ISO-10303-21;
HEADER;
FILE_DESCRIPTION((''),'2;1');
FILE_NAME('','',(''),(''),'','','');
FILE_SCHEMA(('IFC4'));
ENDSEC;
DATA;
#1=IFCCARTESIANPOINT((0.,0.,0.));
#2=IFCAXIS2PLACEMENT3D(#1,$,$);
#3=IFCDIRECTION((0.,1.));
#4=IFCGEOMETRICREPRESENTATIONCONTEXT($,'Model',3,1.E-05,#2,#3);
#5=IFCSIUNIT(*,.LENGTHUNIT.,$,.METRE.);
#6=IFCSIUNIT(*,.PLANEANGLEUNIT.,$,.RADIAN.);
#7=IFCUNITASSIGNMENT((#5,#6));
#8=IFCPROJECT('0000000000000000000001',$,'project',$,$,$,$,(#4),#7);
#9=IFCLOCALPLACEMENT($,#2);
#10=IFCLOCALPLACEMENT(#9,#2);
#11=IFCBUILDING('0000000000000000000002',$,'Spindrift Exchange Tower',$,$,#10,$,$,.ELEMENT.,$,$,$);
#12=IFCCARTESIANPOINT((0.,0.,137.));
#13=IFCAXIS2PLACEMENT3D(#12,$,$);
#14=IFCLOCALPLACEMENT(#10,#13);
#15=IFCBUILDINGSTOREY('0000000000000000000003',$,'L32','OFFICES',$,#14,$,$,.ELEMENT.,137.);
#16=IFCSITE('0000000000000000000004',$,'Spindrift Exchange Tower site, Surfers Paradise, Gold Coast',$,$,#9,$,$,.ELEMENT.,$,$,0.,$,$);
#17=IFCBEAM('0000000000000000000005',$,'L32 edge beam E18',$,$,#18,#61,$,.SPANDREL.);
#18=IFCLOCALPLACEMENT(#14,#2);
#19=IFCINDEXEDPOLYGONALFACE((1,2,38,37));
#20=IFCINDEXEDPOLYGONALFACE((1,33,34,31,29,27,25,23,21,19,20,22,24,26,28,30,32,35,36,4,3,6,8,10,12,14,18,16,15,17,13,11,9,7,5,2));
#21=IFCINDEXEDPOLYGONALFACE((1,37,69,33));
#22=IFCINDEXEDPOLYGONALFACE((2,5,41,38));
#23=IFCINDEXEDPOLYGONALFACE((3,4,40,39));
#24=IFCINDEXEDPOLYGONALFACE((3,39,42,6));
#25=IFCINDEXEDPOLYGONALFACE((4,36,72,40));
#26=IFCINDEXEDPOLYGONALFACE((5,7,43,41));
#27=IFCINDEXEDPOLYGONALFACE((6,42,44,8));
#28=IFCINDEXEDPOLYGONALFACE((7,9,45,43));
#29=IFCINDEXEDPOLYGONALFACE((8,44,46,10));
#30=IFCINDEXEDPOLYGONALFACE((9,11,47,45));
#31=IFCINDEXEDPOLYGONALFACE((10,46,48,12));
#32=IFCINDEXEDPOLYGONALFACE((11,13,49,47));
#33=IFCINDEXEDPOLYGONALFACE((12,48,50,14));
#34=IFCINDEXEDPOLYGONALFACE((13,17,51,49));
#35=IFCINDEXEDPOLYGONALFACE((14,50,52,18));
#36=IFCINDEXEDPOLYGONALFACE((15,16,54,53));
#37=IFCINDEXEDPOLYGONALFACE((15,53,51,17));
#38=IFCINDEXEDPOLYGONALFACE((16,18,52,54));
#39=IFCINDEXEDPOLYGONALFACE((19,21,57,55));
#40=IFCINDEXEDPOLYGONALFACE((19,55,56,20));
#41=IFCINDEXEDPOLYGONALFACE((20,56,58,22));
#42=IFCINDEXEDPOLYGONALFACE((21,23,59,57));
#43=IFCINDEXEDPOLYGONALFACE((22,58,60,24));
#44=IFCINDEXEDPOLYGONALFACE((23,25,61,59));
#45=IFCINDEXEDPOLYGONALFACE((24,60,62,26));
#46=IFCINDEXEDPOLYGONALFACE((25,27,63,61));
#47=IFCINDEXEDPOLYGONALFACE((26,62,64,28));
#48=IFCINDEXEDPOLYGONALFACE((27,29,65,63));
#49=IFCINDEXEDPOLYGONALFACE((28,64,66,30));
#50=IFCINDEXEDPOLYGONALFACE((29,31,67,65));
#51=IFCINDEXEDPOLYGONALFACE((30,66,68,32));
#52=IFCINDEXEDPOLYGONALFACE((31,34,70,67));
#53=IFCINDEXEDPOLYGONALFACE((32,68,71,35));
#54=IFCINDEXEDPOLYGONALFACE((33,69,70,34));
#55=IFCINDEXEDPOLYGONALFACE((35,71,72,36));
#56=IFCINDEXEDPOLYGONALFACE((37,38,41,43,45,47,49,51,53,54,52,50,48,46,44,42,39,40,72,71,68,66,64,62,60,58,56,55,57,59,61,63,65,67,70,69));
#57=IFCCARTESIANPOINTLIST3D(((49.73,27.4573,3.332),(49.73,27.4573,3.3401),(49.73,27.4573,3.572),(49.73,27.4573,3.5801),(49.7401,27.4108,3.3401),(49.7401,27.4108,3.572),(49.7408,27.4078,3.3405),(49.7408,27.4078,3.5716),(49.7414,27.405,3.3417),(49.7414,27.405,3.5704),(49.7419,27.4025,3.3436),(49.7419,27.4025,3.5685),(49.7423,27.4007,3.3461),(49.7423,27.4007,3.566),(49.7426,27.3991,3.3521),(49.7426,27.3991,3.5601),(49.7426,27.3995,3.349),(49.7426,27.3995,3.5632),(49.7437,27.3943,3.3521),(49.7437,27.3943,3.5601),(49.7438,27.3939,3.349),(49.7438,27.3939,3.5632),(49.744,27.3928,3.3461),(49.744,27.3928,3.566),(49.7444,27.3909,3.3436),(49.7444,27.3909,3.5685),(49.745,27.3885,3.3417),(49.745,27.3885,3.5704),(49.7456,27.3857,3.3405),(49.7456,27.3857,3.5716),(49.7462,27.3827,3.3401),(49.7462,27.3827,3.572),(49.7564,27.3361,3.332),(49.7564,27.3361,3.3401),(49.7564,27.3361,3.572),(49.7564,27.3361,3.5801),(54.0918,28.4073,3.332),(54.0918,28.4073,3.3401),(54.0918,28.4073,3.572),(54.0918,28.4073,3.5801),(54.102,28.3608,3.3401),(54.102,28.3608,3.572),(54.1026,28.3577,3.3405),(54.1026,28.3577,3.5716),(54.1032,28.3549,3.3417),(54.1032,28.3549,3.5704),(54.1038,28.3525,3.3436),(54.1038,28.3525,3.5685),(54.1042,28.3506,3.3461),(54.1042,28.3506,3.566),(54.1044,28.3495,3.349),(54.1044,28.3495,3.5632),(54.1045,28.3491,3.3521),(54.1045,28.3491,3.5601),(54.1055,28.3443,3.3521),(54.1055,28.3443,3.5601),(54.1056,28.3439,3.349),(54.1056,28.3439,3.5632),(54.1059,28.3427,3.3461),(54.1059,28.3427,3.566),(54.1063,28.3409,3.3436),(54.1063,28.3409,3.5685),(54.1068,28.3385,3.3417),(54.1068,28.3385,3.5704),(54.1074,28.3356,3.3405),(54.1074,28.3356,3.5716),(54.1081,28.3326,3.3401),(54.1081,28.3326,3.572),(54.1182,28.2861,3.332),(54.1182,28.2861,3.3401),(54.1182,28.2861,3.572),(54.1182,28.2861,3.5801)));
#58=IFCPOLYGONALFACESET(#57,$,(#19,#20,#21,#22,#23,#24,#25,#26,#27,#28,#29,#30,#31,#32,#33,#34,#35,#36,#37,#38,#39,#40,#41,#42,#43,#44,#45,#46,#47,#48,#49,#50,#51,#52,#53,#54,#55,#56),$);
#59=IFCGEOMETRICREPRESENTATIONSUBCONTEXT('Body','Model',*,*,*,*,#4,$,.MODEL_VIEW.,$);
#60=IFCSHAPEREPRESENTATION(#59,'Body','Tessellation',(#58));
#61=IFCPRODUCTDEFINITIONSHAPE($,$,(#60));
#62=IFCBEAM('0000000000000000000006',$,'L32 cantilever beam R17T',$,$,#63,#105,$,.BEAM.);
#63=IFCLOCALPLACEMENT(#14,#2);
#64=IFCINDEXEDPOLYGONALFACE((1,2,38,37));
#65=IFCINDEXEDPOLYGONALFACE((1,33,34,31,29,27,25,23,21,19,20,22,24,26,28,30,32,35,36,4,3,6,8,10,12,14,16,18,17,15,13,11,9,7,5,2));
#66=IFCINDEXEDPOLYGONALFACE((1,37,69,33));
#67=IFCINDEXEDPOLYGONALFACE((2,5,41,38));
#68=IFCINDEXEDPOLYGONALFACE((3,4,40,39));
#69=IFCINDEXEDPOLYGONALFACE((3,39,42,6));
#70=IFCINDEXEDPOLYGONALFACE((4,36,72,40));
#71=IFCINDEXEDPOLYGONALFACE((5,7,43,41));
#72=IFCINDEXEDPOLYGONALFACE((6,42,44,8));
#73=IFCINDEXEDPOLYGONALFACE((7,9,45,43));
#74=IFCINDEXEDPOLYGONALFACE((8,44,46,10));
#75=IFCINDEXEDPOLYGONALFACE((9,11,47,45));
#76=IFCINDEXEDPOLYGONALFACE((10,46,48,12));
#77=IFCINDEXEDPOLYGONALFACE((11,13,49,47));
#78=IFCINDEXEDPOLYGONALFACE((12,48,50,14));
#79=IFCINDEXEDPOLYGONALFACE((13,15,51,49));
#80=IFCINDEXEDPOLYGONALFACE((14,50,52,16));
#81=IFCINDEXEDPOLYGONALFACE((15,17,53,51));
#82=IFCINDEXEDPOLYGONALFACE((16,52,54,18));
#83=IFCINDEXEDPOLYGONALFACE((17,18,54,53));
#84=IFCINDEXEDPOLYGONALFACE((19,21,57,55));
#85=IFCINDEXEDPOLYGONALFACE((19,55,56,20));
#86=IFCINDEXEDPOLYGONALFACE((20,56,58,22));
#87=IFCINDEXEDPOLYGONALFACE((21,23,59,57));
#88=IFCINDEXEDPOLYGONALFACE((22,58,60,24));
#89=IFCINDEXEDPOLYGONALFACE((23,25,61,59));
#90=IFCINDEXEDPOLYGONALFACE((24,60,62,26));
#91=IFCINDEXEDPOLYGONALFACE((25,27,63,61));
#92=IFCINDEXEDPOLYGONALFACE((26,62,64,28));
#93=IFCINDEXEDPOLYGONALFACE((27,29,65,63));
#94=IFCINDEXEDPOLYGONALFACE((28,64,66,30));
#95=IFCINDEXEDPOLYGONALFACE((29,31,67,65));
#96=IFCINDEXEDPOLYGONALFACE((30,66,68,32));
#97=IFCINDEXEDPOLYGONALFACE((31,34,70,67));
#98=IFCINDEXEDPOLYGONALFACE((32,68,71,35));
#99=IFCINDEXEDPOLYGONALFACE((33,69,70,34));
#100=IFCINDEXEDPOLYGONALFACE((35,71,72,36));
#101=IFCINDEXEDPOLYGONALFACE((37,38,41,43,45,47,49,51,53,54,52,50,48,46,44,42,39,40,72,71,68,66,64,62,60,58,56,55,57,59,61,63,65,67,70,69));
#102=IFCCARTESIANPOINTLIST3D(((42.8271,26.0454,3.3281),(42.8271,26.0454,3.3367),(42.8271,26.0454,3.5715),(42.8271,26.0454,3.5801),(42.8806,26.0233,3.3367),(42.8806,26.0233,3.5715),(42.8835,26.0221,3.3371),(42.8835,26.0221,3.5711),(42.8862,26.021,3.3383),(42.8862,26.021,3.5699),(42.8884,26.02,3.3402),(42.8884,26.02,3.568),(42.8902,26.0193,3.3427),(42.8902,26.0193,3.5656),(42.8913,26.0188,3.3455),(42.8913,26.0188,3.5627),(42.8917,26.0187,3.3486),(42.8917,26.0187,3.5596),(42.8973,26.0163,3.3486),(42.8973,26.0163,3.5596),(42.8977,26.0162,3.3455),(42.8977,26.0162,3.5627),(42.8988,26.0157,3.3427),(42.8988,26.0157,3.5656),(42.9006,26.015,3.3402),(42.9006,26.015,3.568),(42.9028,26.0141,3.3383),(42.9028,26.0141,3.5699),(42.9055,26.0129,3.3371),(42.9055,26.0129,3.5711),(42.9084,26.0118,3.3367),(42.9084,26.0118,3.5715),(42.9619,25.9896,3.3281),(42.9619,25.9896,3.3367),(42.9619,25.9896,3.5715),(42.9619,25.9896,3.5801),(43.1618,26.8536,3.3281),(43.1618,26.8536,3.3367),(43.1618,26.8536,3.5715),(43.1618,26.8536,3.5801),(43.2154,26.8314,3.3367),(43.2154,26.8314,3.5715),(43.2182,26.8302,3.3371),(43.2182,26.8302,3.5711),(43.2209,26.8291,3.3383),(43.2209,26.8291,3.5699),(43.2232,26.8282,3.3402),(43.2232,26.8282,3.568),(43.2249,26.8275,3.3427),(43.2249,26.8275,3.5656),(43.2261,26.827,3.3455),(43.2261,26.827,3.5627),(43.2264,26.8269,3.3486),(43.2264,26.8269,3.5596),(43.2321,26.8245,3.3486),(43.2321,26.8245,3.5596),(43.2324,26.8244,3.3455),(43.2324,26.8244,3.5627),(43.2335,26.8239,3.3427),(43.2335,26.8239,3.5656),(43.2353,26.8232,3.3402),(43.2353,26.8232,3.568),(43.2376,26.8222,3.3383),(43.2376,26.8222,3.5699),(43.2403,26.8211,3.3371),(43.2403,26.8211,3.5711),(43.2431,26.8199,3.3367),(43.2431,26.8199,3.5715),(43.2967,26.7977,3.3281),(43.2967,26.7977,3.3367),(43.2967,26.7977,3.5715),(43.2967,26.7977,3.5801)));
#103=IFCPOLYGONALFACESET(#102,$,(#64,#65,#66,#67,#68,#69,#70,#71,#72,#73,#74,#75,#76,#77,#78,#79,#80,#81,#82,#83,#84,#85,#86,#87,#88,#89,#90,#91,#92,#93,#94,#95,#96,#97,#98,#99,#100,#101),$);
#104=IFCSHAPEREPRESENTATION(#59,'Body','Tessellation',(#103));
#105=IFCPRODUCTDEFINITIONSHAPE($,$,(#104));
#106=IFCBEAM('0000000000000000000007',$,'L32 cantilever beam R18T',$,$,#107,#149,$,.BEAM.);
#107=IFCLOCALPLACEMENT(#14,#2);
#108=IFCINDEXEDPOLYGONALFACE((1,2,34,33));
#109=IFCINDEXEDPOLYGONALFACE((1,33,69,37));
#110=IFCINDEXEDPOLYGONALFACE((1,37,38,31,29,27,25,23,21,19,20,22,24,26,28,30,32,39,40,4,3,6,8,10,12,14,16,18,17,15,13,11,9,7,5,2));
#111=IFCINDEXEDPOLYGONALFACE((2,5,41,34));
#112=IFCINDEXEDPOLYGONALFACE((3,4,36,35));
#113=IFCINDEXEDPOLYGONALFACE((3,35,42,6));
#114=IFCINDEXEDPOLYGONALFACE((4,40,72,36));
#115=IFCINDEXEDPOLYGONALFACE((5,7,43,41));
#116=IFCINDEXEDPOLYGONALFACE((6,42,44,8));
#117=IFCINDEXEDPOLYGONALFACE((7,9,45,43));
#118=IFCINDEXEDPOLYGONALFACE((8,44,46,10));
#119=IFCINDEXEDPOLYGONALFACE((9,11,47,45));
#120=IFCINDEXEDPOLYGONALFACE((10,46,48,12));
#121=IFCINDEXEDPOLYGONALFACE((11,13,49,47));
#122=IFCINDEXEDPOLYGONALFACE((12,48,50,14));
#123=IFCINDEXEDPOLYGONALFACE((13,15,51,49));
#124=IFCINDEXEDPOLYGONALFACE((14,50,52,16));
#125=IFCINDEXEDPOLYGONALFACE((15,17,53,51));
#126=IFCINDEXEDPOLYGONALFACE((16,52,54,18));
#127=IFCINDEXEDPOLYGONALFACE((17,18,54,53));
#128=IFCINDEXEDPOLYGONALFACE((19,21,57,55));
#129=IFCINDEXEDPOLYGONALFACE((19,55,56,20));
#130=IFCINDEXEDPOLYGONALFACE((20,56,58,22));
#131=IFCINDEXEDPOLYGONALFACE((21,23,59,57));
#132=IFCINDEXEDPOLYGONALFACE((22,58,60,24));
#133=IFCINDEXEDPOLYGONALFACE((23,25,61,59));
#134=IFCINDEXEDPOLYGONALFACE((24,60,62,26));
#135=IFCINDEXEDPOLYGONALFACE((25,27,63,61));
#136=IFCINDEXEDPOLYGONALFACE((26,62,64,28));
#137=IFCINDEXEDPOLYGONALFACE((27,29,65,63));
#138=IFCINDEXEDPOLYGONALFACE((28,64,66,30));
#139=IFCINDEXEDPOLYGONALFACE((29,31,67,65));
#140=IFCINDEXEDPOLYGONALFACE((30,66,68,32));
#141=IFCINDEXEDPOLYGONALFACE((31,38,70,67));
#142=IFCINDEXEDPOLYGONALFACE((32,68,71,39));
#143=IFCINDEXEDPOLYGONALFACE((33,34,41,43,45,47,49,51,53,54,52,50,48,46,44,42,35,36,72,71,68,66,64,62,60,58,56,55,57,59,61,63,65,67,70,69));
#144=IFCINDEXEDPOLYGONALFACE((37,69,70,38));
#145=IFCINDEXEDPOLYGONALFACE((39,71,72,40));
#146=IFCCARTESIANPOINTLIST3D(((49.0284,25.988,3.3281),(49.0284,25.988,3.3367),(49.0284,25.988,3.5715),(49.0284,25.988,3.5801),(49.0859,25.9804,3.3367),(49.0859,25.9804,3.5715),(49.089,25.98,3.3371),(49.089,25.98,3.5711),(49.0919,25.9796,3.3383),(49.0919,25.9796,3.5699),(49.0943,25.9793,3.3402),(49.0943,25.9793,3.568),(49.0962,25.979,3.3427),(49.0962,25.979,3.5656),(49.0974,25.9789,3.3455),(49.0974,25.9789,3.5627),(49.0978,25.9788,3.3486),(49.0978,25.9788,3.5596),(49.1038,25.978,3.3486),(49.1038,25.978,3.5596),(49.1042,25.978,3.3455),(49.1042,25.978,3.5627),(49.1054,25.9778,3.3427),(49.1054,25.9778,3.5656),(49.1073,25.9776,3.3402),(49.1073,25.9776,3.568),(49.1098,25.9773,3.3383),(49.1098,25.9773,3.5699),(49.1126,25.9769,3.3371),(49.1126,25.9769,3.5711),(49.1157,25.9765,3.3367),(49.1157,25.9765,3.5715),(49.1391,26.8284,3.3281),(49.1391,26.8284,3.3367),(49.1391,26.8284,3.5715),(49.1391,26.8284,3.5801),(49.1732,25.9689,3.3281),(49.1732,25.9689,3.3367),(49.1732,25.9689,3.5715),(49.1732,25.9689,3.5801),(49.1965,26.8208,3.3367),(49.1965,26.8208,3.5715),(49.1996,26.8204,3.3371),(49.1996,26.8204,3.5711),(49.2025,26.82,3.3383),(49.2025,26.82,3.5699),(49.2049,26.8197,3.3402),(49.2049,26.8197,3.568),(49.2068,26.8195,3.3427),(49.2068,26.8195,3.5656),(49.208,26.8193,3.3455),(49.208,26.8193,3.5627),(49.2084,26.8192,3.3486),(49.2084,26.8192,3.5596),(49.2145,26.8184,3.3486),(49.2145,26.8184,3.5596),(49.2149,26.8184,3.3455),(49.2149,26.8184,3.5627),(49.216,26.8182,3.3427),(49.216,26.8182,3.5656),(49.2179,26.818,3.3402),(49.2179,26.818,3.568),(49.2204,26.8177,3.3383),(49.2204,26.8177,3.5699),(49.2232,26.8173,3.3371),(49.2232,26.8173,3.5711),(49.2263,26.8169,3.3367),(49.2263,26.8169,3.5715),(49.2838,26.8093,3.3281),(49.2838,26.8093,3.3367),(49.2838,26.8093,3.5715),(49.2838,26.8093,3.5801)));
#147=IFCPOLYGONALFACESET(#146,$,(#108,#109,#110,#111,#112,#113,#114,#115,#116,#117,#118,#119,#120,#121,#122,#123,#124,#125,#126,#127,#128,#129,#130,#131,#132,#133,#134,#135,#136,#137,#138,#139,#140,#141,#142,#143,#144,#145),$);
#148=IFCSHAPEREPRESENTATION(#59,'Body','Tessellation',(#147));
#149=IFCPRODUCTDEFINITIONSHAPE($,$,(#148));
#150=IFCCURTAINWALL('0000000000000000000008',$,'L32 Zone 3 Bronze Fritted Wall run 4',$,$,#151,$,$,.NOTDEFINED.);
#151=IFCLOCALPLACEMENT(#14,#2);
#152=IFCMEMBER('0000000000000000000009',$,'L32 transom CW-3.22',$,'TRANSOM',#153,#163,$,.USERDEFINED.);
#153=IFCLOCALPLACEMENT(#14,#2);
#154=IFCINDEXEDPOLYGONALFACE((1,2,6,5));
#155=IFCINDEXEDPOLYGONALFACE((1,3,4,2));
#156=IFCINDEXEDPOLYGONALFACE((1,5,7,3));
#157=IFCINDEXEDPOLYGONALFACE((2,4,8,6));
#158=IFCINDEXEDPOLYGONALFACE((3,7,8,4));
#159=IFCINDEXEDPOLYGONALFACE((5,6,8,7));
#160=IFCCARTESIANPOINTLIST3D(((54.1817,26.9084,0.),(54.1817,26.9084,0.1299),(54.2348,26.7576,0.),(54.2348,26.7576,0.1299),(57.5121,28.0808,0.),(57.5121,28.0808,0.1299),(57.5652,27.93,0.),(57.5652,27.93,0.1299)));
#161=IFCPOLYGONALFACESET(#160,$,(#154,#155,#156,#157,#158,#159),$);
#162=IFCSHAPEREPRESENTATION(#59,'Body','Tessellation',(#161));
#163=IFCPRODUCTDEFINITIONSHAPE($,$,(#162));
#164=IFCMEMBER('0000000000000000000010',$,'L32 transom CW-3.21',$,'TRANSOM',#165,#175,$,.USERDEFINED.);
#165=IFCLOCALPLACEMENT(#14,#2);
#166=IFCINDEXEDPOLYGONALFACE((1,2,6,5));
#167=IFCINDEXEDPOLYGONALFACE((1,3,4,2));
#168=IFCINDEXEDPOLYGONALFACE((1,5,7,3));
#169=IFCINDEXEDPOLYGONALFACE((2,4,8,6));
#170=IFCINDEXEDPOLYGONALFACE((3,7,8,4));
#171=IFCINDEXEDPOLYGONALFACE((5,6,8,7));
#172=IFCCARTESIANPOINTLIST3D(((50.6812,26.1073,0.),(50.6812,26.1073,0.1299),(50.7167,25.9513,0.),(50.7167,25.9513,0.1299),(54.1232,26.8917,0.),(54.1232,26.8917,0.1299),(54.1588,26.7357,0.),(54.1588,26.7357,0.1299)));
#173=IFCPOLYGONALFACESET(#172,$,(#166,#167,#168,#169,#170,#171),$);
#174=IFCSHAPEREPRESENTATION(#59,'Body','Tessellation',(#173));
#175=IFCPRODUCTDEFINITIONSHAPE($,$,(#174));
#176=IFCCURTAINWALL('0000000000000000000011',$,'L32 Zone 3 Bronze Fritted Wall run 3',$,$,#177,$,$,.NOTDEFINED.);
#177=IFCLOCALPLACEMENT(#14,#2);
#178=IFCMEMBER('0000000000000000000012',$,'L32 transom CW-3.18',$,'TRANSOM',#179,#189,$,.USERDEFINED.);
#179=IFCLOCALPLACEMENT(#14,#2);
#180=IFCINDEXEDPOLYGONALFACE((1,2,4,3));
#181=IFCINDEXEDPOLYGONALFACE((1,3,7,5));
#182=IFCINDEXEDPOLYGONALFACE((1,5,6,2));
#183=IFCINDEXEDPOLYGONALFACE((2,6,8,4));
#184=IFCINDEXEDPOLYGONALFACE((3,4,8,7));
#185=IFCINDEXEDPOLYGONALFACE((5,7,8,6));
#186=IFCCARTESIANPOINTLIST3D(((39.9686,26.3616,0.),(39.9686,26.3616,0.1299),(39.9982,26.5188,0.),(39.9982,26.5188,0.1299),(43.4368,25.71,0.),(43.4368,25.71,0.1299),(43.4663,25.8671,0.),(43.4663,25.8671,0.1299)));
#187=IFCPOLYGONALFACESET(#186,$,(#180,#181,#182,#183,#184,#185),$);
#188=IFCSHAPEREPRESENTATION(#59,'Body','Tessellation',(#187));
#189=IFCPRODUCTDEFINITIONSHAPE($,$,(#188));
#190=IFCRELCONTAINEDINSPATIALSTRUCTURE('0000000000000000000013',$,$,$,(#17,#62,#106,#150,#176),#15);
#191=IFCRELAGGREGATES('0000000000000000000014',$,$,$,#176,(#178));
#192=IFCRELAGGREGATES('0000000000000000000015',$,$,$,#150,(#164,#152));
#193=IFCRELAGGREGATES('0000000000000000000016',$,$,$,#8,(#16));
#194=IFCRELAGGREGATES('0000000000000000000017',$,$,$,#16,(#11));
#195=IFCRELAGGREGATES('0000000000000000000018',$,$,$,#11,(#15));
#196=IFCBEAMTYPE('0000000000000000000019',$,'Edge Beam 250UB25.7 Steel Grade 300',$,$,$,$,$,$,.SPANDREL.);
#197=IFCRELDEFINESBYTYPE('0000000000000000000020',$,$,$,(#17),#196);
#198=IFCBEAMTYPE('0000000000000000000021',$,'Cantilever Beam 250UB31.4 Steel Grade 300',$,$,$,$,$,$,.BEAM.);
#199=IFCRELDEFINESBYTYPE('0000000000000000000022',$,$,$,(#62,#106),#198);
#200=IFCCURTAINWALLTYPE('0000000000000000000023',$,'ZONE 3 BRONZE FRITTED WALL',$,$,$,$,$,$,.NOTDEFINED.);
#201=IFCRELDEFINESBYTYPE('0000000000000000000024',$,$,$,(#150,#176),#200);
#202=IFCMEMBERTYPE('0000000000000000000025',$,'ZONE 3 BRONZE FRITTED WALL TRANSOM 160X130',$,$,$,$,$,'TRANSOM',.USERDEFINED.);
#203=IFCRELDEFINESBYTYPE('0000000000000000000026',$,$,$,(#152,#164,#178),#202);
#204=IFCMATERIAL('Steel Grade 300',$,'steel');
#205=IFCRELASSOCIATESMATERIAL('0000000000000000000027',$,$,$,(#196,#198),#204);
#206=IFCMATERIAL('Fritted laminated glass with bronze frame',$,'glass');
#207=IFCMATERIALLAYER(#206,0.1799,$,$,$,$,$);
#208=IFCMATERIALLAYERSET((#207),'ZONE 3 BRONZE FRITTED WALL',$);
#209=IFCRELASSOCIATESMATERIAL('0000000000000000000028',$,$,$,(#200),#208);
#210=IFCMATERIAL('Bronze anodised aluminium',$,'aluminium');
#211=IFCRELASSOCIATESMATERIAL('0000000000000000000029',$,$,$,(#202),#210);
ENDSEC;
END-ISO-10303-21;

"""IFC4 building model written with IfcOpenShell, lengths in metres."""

from ifc_helpers import new_model, si_unit, direction, frame, origin, origin_2d, place, context, subcontext, project, spatial, rectangle, i_section, extrude, source, transform, mapped, material, layer, layer_set, material_profile, profile_set, type_object, element, aggregate, save


model = new_model("IFC4")

# Units and contexts
model_context = context("Model", 3, precision=1e-05, world=origin(), true_north=direction((0.0, 1.0)))
body_context = subcontext(model_context, "Body", "Model", "MODEL_VIEW")
ifc_project = project(units=[si_unit("LENGTHUNIT", "METRE"), si_unit("PLANEANGLEUNIT", "RADIAN")], contexts=[model_context])

# Site, building, storey
site_placement = place(None, origin())
site = spatial("IfcSite", under=ifc_project, at=site_placement, Name="Spindrift Exchange Tower site, Surfers Paradise, Gold Coast", CompositionType="ELEMENT", RefElevation=0.0)
building_placement = place(site_placement, origin())
building = spatial("IfcBuilding", under=site, at=building_placement, Name="Spindrift Exchange Tower", CompositionType="ELEMENT")
storey_placement = place(building_placement, frame((0.0, 0.0, 137.0)))
storey = spatial("IfcBuildingStorey", under=building, at=storey_placement, Name="L32", Description="OFFICES", CompositionType="ELEMENT", Elevation=137.0)

# Beams
ifc_material_1 = material(Name="Steel Grade 300", Category="steel")
ifc_material_profile_1 = material_profile(ifc_material_1, i_section(OverallWidth=0.124, OverallDepth=0.248, WebThickness=0.0049, FlangeThickness=0.0081, FilletRadius=0.012, at=origin_2d()), Name="250UB25.7")
ifc_profile_set_1 = profile_set([ifc_material_profile_1], Name="Steel Grade 300")
beam_type_1 = type_object("IfcBeamType", Name="Edge Beam 250UB25.7 Steel Grade 300", PredefinedType="SPANDREL", material=ifc_profile_set_1)
shared_shape_1 = source(origin(), body_context, "Body", "SweptSolid", [
    extrude(i_section(OverallWidth=0.124, OverallDepth=0.248, WebThickness=0.0049, FlangeThickness=0.0081, FilletRadius=0.012, at=origin_2d()), origin(), (0.0, 0.0, 1.0), 4.4641),
])
beam_1_placement = place(storey_placement, frame((49.7432, 27.3967, 3.4561), z_axis=(0.977096, 0.2128, 0.0), x_axis=(-0.2128, 0.977096, 0.0)))
element("IfcBeam", 1, at=beam_1_placement, inside=storey, type_object=beam_type_1, Name="L32 edge beam E18", PredefinedType="SPANDREL", context=body_context, shape_type="MappedRepresentation", body=[
    mapped(shared_shape_1, transform((0.0, 0.0, 0.0), scale=1.0)),
])
ifc_material_profile_2 = material_profile(ifc_material_1, i_section(OverallWidth=0.146, OverallDepth=0.252, WebThickness=0.0061, FlangeThickness=0.0085, FilletRadius=0.012, at=origin_2d()), Name="250UB31.4")
ifc_profile_set_2 = profile_set([ifc_material_profile_2], Name="Steel Grade 300")
beam_type_2 = type_object("IfcBeamType", Name="Cantilever Beam 250UB31.4 Steel Grade 300", PredefinedType="BEAM", material=ifc_profile_set_2)
shared_shape_2 = source(origin(), body_context, "Body", "SweptSolid", [
    extrude(i_section(OverallWidth=0.146, OverallDepth=0.252, WebThickness=0.0061, FlangeThickness=0.0085, FilletRadius=0.012, at=origin_2d()), origin(), (0.0, 0.0, 1.0), 0.8748),
])
beam_2_placement = place(storey_placement, frame((43.2292, 26.8257, 3.4541), z_axis=(-0.382672, -0.923884, 0.0), x_axis=(0.923884, -0.382672, 0.0)))
element("IfcBeam", 2, at=beam_2_placement, inside=storey, type_object=beam_type_2, Name="L32 cantilever beam R17T", PredefinedType="BEAM", context=body_context, shape_type="MappedRepresentation", body=[
    mapped(shared_shape_2, transform((0.0, 0.0, 0.0), scale=1.0)),
])
shared_shape_3 = source(origin(), body_context, "Body", "SweptSolid", [
    extrude(i_section(OverallWidth=0.146, OverallDepth=0.252, WebThickness=0.0061, FlangeThickness=0.0085, FilletRadius=0.012, at=origin_2d()), origin(), (0.0, 0.0, 1.0), 0.8477),
])
beam_3_placement = place(storey_placement, frame((49.2114, 26.8188, 3.4541), z_axis=(-0.130484, -0.99145, 0.0), x_axis=(0.99145, -0.130484, 0.0)))
element("IfcBeam", 3, at=beam_3_placement, inside=storey, type_object=beam_type_2, Name="L32 cantilever beam R18T", PredefinedType="BEAM", context=body_context, shape_type="MappedRepresentation", body=[
    mapped(shared_shape_3, transform((0.0, 0.0, 0.0), scale=1.0)),
])

# Curtain walls, members
ifc_material_2 = material(Name="Fritted laminated glass with bronze frame", Category="glass")
ifc_layer_1 = layer(ifc_material_2, 0.1799)
ifc_layer_set_1 = layer_set([ifc_layer_1], Name="ZONE 3 BRONZE FRITTED WALL")
curtain_wall_type = type_object("IfcCurtainWallType", Name="ZONE 3 BRONZE FRITTED WALL", PredefinedType="NOTDEFINED", material=ifc_layer_set_1)
curtain_wall_1_placement = place(storey_placement, origin())
curtain_wall_1 = element("IfcCurtainWall", 4, at=curtain_wall_1_placement, inside=storey, type_object=curtain_wall_type, Name="L32 Zone 3 Bronze Fritted Wall run 4", PredefinedType="NOTDEFINED")
ifc_material_3 = material(Name="Bronze anodised aluminium", Category="aluminium")
ifc_material_profile_3 = material_profile(ifc_material_3, rectangle(XDim=0.1599, YDim=0.1299, at=origin_2d()), Name="ZONE 3 BRONZE FRITTED WALL TRANSOM 160X130")
ifc_profile_set_3 = profile_set([ifc_material_profile_3], Name="Bronze anodised aluminium")
member_type_1 = type_object("IfcMemberType", Name="ZONE 3 BRONZE FRITTED WALL TRANSOM 160X130", ElementType="TRANSOM", PredefinedType="USERDEFINED", material=ifc_profile_set_3)
shared_shape_4 = source(origin(), body_context, "Body", "SweptSolid", [
    extrude(rectangle(XDim=0.1599, YDim=0.1299, at=origin_2d()), origin(), (0.0, 0.0, 1.0), 3.5308),
])
member_1_placement = place(storey_placement, frame((54.2083, 26.833, 0.0649), z_axis=(0.943261, 0.332053, 0.0), x_axis=(-0.332053, 0.943261, 0.0)))
member_1 = element("IfcMember", 5, at=member_1_placement, type_object=member_type_1, Name="L32 transom CW-3.22", ObjectType="TRANSOM", PredefinedType="USERDEFINED", context=body_context, shape_type="MappedRepresentation", body=[
    mapped(shared_shape_4, transform((0.0, 0.0, 0.0), scale=1.0)),
])
shared_shape_5 = source(origin(), body_context, "Body", "SweptSolid", [
    extrude(rectangle(XDim=0.1599, YDim=0.1299, at=origin_2d()), origin(), (0.0, 0.0, 1.0), 3.5303),
])
member_2_placement = place(storey_placement, frame((50.699, 26.0293, 0.0649), z_axis=(0.975003, 0.222192, 0.0), x_axis=(-0.222192, 0.975003, 0.0)))
member_2 = element("IfcMember", 6, at=member_2_placement, type_object=member_type_1, Name="L32 transom CW-3.21", ObjectType="TRANSOM", PredefinedType="USERDEFINED", context=body_context, shape_type="MappedRepresentation", body=[
    mapped(shared_shape_5, transform((0.0, 0.0, 0.0), scale=1.0)),
])
curtain_wall_2_placement = place(storey_placement, origin())
curtain_wall_2 = element("IfcCurtainWall", 7, at=curtain_wall_2_placement, inside=storey, type_object=curtain_wall_type, Name="L32 Zone 3 Bronze Fritted Wall run 3", PredefinedType="NOTDEFINED")
shared_shape_6 = source(origin(), body_context, "Body", "SweptSolid", [
    extrude(rectangle(XDim=0.1599, YDim=0.1299, at=origin_2d()), origin(), (0.0, 0.0, 1.0), 3.5288),
])
member_3_placement = place(storey_placement, frame((39.9834, 26.4402, 0.0649), z_axis=(0.982802, -0.18466, 0.0), x_axis=(0.18466, 0.982802, 0.0)))
member_3 = element("IfcMember", 8, at=member_3_placement, type_object=member_type_1, Name="L32 transom CW-3.18", ObjectType="TRANSOM", PredefinedType="USERDEFINED", context=body_context, shape_type="MappedRepresentation", body=[
    mapped(shared_shape_6, transform((0.0, 0.0, 0.0), scale=1.0)),
])

aggregate(curtain_wall_2, [member_3])
aggregate(curtain_wall_1, [member_2, member_1])

save(model, "model.ifc")
